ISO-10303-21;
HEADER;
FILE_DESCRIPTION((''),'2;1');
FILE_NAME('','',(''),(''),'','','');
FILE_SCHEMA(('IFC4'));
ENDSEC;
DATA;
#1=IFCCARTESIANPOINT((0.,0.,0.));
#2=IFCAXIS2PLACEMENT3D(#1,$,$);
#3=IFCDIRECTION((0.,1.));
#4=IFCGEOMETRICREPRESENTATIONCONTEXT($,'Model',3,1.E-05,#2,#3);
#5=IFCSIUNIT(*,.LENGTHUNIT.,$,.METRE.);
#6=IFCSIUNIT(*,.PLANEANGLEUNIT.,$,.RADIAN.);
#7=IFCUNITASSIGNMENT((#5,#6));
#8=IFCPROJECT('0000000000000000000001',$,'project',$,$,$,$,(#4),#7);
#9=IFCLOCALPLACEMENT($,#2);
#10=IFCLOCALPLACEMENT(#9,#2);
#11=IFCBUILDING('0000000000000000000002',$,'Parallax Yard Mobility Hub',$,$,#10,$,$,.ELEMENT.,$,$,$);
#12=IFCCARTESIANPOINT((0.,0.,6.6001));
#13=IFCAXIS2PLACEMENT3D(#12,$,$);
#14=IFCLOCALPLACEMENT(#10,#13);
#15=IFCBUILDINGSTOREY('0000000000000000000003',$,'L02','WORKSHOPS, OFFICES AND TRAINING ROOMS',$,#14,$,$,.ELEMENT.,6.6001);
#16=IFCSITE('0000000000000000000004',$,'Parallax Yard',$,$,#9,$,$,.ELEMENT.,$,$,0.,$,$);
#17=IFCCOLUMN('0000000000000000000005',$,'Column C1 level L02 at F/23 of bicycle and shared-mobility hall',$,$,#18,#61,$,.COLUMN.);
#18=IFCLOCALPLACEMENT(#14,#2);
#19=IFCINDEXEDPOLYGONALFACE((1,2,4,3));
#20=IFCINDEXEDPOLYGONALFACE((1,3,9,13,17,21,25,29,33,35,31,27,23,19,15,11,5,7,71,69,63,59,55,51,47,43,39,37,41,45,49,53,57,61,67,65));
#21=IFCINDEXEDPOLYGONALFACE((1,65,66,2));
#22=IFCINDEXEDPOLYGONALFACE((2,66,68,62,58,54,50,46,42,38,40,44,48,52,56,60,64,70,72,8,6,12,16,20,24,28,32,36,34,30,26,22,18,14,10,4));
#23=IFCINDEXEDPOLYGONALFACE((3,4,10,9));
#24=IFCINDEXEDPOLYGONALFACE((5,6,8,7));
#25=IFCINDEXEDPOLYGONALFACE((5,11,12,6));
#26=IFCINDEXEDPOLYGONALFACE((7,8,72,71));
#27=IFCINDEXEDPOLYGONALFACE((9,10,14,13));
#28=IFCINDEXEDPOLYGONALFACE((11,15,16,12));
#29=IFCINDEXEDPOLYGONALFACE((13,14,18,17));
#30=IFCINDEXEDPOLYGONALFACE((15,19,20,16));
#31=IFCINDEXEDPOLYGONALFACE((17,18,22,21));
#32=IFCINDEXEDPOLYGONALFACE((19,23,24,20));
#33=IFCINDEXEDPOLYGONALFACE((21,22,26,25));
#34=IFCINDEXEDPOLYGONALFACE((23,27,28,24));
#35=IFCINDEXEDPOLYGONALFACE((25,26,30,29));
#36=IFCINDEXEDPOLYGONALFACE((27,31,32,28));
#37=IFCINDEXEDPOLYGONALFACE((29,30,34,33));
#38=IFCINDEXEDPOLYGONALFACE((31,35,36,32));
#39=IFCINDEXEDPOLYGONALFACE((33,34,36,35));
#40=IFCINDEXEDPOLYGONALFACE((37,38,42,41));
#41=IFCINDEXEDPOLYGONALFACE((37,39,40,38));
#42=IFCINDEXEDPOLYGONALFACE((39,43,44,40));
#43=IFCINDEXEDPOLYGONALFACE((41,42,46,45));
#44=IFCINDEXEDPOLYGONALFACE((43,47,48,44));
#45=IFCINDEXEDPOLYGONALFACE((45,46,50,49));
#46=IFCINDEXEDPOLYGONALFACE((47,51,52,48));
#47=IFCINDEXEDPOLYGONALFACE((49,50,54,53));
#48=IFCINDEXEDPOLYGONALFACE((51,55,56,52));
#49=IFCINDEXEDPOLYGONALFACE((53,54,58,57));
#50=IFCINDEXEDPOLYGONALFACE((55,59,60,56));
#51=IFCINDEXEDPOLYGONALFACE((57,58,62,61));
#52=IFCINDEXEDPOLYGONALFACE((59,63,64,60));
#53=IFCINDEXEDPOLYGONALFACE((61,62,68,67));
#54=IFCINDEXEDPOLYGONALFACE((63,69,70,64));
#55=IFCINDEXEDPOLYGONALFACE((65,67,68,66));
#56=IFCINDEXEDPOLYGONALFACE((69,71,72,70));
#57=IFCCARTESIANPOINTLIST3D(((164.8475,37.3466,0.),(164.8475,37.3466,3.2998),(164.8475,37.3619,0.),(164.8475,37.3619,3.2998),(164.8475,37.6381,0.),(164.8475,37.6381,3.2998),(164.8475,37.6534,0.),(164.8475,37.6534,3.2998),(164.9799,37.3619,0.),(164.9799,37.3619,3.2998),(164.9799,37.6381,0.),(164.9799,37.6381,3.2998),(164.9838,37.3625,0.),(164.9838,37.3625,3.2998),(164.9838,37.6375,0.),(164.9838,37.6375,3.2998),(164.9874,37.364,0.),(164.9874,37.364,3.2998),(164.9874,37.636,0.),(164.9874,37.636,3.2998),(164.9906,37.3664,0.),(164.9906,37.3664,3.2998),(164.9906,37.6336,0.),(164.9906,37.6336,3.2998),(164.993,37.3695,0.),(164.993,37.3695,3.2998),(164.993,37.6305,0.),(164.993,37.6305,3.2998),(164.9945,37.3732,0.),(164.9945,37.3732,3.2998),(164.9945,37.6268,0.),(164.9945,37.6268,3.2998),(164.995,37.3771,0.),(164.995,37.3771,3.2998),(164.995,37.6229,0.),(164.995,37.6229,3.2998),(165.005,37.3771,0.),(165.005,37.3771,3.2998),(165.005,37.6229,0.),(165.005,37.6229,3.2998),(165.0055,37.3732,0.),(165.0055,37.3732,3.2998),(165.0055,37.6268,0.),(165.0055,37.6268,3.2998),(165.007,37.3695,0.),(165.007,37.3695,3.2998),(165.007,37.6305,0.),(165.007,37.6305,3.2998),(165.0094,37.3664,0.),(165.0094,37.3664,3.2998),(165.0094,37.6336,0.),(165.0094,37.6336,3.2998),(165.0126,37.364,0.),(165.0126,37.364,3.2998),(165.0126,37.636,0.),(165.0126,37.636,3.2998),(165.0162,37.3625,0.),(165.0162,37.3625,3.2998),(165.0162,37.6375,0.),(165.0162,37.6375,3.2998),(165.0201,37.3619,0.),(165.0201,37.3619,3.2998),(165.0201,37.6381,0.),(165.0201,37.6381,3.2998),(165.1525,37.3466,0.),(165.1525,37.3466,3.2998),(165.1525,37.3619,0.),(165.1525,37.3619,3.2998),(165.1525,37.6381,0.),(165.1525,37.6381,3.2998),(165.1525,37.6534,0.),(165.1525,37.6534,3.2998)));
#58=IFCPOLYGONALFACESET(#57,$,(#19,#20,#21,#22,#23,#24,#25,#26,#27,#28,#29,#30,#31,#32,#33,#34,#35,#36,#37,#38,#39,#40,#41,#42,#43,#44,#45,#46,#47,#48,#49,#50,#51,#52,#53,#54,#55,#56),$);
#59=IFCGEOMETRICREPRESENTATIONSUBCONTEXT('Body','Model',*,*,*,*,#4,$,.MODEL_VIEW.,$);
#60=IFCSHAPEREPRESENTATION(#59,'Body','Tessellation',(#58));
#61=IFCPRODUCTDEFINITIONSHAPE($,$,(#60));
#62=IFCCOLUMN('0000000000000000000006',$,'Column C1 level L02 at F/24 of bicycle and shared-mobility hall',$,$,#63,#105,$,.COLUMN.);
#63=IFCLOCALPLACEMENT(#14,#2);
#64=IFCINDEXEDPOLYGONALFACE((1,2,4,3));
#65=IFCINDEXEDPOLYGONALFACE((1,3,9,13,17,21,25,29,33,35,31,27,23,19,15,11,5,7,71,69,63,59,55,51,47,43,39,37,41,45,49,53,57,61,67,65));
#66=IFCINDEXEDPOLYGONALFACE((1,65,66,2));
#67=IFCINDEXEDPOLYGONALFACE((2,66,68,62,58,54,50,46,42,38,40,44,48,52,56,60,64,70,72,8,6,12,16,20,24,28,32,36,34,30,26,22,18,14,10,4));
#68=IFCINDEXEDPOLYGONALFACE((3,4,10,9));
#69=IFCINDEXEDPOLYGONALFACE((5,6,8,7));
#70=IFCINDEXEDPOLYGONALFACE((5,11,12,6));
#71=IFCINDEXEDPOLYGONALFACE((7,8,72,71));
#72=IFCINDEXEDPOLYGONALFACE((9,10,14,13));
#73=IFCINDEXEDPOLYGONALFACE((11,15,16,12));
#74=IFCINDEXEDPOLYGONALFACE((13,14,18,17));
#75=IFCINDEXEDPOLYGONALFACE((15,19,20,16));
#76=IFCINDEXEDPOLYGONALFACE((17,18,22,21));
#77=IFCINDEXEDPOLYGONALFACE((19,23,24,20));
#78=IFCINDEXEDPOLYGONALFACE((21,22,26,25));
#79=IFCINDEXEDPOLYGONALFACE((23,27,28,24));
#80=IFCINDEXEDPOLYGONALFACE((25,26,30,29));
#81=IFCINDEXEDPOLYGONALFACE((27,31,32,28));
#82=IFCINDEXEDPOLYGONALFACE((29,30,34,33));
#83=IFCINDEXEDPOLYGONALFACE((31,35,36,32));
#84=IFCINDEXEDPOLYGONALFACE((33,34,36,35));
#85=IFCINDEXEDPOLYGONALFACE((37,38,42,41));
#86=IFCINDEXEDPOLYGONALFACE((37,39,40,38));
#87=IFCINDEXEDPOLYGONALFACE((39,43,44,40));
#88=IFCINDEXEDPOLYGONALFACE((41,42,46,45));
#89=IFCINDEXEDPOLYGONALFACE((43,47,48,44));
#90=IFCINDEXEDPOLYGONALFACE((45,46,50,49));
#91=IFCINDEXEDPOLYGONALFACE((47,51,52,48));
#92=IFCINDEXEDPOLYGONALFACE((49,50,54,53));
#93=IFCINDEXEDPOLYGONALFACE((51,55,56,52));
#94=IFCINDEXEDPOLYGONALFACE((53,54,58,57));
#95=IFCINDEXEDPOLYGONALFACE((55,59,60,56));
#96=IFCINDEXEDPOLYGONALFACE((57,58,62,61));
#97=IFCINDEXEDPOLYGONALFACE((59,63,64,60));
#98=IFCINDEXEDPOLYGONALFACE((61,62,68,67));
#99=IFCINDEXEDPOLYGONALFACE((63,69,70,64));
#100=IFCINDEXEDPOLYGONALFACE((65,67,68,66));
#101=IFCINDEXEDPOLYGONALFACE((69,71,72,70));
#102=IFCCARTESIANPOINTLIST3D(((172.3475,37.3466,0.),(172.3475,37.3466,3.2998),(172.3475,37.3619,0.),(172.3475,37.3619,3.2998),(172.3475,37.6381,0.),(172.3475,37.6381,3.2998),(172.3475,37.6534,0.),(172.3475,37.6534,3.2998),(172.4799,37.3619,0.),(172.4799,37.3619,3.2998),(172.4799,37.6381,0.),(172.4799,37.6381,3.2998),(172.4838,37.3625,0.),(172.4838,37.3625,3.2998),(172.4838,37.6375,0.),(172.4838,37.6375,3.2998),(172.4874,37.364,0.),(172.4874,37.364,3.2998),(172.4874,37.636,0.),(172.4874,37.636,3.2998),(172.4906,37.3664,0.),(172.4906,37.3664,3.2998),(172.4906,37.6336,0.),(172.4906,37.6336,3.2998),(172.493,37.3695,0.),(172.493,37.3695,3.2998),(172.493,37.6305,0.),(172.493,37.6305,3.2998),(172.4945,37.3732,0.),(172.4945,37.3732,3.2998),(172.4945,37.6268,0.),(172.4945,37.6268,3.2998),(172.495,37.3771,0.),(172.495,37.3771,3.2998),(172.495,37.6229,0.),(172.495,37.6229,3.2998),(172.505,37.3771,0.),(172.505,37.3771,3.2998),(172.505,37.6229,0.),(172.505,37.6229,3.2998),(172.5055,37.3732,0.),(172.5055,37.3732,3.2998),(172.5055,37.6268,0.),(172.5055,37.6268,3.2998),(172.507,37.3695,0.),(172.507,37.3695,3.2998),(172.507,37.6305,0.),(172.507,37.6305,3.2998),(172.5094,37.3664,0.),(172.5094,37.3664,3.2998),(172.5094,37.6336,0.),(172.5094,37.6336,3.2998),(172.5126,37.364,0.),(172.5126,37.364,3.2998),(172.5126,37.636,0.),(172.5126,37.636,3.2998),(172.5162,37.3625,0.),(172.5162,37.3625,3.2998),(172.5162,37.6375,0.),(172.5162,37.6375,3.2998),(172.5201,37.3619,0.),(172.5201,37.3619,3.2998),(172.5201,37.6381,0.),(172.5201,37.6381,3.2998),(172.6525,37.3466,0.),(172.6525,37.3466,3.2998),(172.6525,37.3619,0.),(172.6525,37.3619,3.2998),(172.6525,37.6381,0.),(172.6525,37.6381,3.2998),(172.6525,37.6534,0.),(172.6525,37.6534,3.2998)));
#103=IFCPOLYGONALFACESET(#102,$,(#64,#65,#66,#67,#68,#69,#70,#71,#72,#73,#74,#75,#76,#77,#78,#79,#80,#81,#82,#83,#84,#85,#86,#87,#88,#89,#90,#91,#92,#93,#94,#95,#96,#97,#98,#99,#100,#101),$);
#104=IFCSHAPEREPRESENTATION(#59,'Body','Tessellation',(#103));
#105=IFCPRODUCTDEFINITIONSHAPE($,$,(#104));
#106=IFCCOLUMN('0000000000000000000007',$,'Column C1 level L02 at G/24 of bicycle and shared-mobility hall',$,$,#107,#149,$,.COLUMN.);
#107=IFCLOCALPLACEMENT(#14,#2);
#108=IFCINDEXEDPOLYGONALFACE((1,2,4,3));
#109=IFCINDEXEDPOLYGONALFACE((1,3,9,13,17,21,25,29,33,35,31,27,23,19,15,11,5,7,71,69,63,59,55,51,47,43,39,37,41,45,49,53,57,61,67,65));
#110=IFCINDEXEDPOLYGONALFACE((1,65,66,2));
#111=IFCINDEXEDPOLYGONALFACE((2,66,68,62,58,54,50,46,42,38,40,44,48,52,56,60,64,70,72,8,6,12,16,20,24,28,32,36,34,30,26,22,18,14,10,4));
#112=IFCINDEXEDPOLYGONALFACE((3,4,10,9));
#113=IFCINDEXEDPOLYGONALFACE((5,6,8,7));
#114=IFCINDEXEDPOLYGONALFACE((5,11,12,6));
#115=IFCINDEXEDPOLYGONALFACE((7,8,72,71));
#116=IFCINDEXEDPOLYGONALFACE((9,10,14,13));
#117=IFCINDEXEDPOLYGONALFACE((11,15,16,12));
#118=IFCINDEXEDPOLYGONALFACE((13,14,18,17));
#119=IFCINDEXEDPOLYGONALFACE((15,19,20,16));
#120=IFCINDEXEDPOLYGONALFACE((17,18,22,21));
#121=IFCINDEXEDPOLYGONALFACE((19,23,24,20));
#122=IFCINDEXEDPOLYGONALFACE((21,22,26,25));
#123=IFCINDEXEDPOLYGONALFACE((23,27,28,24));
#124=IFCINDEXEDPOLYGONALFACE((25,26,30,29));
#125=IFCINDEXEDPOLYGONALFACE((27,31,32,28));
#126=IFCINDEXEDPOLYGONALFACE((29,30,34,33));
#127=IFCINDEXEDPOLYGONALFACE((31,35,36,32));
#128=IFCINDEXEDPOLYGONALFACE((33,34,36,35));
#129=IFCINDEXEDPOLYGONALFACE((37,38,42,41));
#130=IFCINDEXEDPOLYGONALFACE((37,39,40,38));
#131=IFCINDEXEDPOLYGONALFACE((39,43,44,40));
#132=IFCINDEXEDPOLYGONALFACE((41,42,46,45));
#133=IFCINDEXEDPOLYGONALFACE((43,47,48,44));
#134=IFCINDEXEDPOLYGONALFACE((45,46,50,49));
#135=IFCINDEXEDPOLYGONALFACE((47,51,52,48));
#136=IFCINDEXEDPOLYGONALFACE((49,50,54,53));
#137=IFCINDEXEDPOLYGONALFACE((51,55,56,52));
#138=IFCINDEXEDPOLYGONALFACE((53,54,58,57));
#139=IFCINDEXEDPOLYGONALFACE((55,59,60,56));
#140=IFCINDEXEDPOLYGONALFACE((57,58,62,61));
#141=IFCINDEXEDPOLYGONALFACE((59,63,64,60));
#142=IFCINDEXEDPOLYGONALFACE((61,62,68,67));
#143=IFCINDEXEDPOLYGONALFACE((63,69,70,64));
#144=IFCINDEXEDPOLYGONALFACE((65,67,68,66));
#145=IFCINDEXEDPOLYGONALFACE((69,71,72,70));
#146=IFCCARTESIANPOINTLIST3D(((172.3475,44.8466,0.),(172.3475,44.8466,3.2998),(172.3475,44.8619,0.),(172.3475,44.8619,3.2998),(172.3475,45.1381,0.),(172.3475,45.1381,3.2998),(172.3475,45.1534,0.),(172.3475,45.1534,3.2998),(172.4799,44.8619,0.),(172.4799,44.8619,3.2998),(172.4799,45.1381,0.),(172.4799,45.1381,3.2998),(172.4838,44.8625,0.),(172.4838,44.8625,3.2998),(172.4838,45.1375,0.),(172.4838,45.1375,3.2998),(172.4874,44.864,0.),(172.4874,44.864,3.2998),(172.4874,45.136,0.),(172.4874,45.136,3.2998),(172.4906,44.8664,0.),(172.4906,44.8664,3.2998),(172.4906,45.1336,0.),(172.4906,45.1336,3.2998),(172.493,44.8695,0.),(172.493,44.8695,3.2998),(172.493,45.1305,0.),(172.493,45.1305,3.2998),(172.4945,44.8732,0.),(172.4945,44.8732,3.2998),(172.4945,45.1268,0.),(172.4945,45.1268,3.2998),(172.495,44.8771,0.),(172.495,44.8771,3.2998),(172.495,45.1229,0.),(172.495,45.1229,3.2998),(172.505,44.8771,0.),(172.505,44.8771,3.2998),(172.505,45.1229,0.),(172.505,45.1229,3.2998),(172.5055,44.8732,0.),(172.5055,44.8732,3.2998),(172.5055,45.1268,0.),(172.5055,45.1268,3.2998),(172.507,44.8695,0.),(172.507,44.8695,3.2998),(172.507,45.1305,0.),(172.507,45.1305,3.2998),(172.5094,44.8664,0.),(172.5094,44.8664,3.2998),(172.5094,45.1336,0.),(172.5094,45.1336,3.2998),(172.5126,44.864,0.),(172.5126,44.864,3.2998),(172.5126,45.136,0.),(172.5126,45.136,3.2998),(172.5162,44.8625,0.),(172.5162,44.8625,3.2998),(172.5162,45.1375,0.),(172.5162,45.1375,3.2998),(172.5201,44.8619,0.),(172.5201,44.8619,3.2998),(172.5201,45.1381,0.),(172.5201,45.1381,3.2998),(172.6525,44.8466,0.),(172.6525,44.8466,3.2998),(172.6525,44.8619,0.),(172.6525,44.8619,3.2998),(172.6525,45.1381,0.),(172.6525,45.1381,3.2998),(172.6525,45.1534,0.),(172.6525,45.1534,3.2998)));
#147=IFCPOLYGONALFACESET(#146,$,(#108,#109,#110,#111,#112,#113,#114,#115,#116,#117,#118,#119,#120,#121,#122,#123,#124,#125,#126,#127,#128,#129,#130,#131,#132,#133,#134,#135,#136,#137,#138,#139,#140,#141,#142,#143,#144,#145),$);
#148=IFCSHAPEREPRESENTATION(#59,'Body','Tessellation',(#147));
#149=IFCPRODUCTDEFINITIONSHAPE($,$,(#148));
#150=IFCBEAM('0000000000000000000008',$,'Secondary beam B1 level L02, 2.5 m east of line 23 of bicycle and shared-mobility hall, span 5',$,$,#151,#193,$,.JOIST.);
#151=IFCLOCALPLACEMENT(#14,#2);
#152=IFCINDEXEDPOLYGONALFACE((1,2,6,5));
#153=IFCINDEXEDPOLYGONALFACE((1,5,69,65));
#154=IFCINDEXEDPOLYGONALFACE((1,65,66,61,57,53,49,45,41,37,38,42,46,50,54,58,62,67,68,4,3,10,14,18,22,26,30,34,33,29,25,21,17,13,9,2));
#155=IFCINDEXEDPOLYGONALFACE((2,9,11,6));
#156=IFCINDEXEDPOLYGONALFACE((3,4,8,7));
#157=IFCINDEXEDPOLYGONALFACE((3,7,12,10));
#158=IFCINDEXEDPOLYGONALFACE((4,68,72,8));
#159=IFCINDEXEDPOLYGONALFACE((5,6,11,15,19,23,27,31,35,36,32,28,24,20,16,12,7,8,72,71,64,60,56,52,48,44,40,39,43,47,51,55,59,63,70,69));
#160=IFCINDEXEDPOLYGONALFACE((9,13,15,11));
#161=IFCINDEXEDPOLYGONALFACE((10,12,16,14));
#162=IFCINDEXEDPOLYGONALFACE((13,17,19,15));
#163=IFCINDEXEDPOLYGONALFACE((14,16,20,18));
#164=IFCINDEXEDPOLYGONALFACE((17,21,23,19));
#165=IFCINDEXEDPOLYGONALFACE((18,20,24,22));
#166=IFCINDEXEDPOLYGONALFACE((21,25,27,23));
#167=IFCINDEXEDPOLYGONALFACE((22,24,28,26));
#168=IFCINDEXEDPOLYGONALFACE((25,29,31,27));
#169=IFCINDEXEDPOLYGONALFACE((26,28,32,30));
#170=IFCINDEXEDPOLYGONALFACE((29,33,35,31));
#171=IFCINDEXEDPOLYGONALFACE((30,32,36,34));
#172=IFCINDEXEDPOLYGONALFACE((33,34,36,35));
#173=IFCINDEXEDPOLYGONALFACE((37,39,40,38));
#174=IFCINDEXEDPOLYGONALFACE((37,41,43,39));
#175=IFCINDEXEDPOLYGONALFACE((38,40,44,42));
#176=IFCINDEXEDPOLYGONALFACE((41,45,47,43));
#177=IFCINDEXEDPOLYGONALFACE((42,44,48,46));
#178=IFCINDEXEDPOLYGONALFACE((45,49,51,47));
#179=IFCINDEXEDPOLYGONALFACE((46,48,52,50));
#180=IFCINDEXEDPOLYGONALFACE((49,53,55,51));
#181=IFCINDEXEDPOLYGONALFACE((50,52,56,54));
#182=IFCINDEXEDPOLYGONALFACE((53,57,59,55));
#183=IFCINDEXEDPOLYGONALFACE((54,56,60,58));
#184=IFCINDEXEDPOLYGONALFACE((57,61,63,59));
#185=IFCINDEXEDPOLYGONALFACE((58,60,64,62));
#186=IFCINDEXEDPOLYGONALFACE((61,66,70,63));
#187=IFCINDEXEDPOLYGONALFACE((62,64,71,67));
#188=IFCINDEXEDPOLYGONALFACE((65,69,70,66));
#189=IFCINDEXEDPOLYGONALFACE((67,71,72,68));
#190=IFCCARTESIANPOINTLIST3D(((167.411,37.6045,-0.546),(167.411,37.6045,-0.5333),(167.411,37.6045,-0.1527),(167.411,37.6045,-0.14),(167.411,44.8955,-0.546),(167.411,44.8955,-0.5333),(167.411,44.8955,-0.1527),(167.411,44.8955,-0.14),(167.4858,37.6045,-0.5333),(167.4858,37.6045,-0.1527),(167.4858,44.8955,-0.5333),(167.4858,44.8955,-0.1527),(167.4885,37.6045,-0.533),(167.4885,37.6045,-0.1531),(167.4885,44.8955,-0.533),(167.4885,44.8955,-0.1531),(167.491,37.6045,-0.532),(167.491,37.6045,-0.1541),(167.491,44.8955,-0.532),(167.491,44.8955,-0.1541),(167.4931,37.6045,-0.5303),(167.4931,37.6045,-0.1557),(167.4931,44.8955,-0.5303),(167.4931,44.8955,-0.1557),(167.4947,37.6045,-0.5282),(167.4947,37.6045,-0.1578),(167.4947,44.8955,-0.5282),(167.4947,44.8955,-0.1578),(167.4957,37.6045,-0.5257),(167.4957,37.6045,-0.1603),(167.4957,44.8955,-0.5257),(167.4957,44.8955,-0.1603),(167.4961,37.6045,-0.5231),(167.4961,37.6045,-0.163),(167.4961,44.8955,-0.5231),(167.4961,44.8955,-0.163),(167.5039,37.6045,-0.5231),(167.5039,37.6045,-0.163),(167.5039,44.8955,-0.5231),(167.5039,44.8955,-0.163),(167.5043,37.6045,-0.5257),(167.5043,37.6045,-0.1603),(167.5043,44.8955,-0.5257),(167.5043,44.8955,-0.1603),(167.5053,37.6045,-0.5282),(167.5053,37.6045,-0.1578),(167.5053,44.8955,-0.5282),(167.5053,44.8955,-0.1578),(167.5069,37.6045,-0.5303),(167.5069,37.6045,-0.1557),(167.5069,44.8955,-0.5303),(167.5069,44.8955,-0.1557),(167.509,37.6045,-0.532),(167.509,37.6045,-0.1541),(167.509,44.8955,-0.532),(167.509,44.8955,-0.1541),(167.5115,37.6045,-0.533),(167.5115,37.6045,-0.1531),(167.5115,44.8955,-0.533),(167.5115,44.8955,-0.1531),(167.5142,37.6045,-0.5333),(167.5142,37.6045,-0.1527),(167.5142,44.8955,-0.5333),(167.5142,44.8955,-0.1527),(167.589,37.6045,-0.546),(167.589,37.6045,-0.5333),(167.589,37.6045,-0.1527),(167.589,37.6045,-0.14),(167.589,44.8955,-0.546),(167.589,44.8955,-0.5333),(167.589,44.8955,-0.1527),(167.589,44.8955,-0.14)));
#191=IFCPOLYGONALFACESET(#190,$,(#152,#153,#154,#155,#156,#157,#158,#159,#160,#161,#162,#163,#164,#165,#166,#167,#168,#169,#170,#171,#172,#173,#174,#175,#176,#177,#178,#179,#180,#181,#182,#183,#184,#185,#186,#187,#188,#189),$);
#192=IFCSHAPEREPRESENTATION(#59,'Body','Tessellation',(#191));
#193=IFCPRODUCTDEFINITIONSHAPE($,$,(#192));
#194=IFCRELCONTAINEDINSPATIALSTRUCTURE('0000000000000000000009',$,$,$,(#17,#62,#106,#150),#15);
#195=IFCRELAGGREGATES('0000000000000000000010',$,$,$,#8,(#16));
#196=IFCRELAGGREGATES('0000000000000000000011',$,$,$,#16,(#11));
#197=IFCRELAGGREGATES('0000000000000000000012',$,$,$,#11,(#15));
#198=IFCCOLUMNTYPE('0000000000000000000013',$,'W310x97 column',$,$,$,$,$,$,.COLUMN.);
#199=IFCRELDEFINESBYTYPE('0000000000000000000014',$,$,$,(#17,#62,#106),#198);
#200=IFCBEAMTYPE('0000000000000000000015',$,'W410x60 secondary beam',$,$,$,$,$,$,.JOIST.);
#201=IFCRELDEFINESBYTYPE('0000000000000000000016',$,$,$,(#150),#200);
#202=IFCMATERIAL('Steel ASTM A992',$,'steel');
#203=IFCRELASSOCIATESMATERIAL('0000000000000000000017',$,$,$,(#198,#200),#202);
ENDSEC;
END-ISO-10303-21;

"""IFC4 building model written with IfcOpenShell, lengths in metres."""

from ifc_helpers import new_model, si_unit, direction, frame, origin, origin_2d, place, context, subcontext, project, spatial, i_section, extrude, material, material_profile, profile_set, type_object, element, save


model = new_model("IFC4")

# Units and contexts
model_context = context("Model", 3, precision=1e-05, world=origin(), true_north=direction((0.0, 1.0)))
body_context = subcontext(model_context, "Body", "Model", "MODEL_VIEW")
ifc_project = project(units=[si_unit("LENGTHUNIT", "METRE"), si_unit("PLANEANGLEUNIT", "RADIAN")], contexts=[model_context])

# Site, building, storey
site_placement = place(None, origin())
site = spatial("IfcSite", under=ifc_project, at=site_placement, Name="Parallax Yard", CompositionType="ELEMENT", RefElevation=0.0)
building_placement = place(site_placement, origin())
building = spatial("IfcBuilding", under=site, at=building_placement, Name="Parallax Yard Mobility Hub", CompositionType="ELEMENT")
storey_placement = place(building_placement, frame((0.0, 0.0, 6.6001)))
storey = spatial("IfcBuildingStorey", under=building, at=storey_placement, Name="L02", Description="WORKSHOPS, OFFICES AND TRAINING ROOMS", CompositionType="ELEMENT", Elevation=6.6001)

# Columns
ifc_material_1 = material(Name="Steel ASTM A992", Category="steel")
ifc_material_profile_1 = material_profile(ifc_material_1, i_section(OverallWidth=0.3049, OverallDepth=0.3069, WebThickness=0.01, FlangeThickness=0.0154, FilletRadius=0.0151, at=origin_2d()), Name="W310x97")
ifc_profile_set_1 = profile_set([ifc_material_profile_1], Name="Steel ASTM A992")
column_type = type_object("IfcColumnType", Name="W310x97 column", PredefinedType="COLUMN", material=ifc_profile_set_1)
for number, where, z_axis, x_axis, name in (
    (1, (165.0, 37.5, 0.0), (0.0, 0.0, 1.0), (1.0, 0.0, 0.0), "Column C1 level L02 at F/23 of bicycle and shared-mobility hall"),
    (2, (172.5, 37.5, 0.0), (0.0, 0.0, 1.0), (1.0, 0.0, 0.0), "Column C1 level L02 at F/24 of bicycle and shared-mobility hall"),
    (3, (172.5, 45.0, 0.0), (0.0, 0.0, 1.0), (1.0, 0.0, 0.0), "Column C1 level L02 at G/24 of bicycle and shared-mobility hall"),
):
    element("IfcColumn", number, at=place(storey_placement, frame(where, z_axis=z_axis, x_axis=x_axis)), inside=storey, type_object=column_type, Name=name, PredefinedType="COLUMN", context=body_context, shape_type="SweptSolid", body=[
        extrude(i_section(OverallWidth=0.3049, OverallDepth=0.3069, WebThickness=0.01, FlangeThickness=0.0154, FilletRadius=0.0151, at=origin_2d()), origin(), (0.0, 0.0, 1.0), 3.2998),
    ])

# Beam
ifc_material_profile_2 = material_profile(ifc_material_1, i_section(OverallWidth=0.178, OverallDepth=0.406, WebThickness=0.0078, FlangeThickness=0.0127, FilletRadius=0.0103, at=origin_2d()), Name="W410x60")
ifc_profile_set_2 = profile_set([ifc_material_profile_2], Name="Steel ASTM A992")
beam_type_1 = type_object("IfcBeamType", Name="W410x60 secondary beam", PredefinedType="JOIST", material=ifc_profile_set_2)
beam_1_placement = place(storey_placement, frame((167.5, 37.6045, -0.343), z_axis=(0.0, 1.0, 0.0), x_axis=(-1.0, 0.0, 0.0)))
element("IfcBeam", 4, at=beam_1_placement, inside=storey, type_object=beam_type_1, Name="Secondary beam B1 level L02, 2.5 m east of line 23 of bicycle and shared-mobility hall, span 5", PredefinedType="JOIST", context=body_context, shape_type="SweptSolid", body=[
    extrude(i_section(OverallWidth=0.178, OverallDepth=0.406, WebThickness=0.0078, FlangeThickness=0.0127, FilletRadius=0.0103, at=origin_2d()), origin(), (0.0, 0.0, 1.0), 7.291),
])

save(model, "model.ifc")
